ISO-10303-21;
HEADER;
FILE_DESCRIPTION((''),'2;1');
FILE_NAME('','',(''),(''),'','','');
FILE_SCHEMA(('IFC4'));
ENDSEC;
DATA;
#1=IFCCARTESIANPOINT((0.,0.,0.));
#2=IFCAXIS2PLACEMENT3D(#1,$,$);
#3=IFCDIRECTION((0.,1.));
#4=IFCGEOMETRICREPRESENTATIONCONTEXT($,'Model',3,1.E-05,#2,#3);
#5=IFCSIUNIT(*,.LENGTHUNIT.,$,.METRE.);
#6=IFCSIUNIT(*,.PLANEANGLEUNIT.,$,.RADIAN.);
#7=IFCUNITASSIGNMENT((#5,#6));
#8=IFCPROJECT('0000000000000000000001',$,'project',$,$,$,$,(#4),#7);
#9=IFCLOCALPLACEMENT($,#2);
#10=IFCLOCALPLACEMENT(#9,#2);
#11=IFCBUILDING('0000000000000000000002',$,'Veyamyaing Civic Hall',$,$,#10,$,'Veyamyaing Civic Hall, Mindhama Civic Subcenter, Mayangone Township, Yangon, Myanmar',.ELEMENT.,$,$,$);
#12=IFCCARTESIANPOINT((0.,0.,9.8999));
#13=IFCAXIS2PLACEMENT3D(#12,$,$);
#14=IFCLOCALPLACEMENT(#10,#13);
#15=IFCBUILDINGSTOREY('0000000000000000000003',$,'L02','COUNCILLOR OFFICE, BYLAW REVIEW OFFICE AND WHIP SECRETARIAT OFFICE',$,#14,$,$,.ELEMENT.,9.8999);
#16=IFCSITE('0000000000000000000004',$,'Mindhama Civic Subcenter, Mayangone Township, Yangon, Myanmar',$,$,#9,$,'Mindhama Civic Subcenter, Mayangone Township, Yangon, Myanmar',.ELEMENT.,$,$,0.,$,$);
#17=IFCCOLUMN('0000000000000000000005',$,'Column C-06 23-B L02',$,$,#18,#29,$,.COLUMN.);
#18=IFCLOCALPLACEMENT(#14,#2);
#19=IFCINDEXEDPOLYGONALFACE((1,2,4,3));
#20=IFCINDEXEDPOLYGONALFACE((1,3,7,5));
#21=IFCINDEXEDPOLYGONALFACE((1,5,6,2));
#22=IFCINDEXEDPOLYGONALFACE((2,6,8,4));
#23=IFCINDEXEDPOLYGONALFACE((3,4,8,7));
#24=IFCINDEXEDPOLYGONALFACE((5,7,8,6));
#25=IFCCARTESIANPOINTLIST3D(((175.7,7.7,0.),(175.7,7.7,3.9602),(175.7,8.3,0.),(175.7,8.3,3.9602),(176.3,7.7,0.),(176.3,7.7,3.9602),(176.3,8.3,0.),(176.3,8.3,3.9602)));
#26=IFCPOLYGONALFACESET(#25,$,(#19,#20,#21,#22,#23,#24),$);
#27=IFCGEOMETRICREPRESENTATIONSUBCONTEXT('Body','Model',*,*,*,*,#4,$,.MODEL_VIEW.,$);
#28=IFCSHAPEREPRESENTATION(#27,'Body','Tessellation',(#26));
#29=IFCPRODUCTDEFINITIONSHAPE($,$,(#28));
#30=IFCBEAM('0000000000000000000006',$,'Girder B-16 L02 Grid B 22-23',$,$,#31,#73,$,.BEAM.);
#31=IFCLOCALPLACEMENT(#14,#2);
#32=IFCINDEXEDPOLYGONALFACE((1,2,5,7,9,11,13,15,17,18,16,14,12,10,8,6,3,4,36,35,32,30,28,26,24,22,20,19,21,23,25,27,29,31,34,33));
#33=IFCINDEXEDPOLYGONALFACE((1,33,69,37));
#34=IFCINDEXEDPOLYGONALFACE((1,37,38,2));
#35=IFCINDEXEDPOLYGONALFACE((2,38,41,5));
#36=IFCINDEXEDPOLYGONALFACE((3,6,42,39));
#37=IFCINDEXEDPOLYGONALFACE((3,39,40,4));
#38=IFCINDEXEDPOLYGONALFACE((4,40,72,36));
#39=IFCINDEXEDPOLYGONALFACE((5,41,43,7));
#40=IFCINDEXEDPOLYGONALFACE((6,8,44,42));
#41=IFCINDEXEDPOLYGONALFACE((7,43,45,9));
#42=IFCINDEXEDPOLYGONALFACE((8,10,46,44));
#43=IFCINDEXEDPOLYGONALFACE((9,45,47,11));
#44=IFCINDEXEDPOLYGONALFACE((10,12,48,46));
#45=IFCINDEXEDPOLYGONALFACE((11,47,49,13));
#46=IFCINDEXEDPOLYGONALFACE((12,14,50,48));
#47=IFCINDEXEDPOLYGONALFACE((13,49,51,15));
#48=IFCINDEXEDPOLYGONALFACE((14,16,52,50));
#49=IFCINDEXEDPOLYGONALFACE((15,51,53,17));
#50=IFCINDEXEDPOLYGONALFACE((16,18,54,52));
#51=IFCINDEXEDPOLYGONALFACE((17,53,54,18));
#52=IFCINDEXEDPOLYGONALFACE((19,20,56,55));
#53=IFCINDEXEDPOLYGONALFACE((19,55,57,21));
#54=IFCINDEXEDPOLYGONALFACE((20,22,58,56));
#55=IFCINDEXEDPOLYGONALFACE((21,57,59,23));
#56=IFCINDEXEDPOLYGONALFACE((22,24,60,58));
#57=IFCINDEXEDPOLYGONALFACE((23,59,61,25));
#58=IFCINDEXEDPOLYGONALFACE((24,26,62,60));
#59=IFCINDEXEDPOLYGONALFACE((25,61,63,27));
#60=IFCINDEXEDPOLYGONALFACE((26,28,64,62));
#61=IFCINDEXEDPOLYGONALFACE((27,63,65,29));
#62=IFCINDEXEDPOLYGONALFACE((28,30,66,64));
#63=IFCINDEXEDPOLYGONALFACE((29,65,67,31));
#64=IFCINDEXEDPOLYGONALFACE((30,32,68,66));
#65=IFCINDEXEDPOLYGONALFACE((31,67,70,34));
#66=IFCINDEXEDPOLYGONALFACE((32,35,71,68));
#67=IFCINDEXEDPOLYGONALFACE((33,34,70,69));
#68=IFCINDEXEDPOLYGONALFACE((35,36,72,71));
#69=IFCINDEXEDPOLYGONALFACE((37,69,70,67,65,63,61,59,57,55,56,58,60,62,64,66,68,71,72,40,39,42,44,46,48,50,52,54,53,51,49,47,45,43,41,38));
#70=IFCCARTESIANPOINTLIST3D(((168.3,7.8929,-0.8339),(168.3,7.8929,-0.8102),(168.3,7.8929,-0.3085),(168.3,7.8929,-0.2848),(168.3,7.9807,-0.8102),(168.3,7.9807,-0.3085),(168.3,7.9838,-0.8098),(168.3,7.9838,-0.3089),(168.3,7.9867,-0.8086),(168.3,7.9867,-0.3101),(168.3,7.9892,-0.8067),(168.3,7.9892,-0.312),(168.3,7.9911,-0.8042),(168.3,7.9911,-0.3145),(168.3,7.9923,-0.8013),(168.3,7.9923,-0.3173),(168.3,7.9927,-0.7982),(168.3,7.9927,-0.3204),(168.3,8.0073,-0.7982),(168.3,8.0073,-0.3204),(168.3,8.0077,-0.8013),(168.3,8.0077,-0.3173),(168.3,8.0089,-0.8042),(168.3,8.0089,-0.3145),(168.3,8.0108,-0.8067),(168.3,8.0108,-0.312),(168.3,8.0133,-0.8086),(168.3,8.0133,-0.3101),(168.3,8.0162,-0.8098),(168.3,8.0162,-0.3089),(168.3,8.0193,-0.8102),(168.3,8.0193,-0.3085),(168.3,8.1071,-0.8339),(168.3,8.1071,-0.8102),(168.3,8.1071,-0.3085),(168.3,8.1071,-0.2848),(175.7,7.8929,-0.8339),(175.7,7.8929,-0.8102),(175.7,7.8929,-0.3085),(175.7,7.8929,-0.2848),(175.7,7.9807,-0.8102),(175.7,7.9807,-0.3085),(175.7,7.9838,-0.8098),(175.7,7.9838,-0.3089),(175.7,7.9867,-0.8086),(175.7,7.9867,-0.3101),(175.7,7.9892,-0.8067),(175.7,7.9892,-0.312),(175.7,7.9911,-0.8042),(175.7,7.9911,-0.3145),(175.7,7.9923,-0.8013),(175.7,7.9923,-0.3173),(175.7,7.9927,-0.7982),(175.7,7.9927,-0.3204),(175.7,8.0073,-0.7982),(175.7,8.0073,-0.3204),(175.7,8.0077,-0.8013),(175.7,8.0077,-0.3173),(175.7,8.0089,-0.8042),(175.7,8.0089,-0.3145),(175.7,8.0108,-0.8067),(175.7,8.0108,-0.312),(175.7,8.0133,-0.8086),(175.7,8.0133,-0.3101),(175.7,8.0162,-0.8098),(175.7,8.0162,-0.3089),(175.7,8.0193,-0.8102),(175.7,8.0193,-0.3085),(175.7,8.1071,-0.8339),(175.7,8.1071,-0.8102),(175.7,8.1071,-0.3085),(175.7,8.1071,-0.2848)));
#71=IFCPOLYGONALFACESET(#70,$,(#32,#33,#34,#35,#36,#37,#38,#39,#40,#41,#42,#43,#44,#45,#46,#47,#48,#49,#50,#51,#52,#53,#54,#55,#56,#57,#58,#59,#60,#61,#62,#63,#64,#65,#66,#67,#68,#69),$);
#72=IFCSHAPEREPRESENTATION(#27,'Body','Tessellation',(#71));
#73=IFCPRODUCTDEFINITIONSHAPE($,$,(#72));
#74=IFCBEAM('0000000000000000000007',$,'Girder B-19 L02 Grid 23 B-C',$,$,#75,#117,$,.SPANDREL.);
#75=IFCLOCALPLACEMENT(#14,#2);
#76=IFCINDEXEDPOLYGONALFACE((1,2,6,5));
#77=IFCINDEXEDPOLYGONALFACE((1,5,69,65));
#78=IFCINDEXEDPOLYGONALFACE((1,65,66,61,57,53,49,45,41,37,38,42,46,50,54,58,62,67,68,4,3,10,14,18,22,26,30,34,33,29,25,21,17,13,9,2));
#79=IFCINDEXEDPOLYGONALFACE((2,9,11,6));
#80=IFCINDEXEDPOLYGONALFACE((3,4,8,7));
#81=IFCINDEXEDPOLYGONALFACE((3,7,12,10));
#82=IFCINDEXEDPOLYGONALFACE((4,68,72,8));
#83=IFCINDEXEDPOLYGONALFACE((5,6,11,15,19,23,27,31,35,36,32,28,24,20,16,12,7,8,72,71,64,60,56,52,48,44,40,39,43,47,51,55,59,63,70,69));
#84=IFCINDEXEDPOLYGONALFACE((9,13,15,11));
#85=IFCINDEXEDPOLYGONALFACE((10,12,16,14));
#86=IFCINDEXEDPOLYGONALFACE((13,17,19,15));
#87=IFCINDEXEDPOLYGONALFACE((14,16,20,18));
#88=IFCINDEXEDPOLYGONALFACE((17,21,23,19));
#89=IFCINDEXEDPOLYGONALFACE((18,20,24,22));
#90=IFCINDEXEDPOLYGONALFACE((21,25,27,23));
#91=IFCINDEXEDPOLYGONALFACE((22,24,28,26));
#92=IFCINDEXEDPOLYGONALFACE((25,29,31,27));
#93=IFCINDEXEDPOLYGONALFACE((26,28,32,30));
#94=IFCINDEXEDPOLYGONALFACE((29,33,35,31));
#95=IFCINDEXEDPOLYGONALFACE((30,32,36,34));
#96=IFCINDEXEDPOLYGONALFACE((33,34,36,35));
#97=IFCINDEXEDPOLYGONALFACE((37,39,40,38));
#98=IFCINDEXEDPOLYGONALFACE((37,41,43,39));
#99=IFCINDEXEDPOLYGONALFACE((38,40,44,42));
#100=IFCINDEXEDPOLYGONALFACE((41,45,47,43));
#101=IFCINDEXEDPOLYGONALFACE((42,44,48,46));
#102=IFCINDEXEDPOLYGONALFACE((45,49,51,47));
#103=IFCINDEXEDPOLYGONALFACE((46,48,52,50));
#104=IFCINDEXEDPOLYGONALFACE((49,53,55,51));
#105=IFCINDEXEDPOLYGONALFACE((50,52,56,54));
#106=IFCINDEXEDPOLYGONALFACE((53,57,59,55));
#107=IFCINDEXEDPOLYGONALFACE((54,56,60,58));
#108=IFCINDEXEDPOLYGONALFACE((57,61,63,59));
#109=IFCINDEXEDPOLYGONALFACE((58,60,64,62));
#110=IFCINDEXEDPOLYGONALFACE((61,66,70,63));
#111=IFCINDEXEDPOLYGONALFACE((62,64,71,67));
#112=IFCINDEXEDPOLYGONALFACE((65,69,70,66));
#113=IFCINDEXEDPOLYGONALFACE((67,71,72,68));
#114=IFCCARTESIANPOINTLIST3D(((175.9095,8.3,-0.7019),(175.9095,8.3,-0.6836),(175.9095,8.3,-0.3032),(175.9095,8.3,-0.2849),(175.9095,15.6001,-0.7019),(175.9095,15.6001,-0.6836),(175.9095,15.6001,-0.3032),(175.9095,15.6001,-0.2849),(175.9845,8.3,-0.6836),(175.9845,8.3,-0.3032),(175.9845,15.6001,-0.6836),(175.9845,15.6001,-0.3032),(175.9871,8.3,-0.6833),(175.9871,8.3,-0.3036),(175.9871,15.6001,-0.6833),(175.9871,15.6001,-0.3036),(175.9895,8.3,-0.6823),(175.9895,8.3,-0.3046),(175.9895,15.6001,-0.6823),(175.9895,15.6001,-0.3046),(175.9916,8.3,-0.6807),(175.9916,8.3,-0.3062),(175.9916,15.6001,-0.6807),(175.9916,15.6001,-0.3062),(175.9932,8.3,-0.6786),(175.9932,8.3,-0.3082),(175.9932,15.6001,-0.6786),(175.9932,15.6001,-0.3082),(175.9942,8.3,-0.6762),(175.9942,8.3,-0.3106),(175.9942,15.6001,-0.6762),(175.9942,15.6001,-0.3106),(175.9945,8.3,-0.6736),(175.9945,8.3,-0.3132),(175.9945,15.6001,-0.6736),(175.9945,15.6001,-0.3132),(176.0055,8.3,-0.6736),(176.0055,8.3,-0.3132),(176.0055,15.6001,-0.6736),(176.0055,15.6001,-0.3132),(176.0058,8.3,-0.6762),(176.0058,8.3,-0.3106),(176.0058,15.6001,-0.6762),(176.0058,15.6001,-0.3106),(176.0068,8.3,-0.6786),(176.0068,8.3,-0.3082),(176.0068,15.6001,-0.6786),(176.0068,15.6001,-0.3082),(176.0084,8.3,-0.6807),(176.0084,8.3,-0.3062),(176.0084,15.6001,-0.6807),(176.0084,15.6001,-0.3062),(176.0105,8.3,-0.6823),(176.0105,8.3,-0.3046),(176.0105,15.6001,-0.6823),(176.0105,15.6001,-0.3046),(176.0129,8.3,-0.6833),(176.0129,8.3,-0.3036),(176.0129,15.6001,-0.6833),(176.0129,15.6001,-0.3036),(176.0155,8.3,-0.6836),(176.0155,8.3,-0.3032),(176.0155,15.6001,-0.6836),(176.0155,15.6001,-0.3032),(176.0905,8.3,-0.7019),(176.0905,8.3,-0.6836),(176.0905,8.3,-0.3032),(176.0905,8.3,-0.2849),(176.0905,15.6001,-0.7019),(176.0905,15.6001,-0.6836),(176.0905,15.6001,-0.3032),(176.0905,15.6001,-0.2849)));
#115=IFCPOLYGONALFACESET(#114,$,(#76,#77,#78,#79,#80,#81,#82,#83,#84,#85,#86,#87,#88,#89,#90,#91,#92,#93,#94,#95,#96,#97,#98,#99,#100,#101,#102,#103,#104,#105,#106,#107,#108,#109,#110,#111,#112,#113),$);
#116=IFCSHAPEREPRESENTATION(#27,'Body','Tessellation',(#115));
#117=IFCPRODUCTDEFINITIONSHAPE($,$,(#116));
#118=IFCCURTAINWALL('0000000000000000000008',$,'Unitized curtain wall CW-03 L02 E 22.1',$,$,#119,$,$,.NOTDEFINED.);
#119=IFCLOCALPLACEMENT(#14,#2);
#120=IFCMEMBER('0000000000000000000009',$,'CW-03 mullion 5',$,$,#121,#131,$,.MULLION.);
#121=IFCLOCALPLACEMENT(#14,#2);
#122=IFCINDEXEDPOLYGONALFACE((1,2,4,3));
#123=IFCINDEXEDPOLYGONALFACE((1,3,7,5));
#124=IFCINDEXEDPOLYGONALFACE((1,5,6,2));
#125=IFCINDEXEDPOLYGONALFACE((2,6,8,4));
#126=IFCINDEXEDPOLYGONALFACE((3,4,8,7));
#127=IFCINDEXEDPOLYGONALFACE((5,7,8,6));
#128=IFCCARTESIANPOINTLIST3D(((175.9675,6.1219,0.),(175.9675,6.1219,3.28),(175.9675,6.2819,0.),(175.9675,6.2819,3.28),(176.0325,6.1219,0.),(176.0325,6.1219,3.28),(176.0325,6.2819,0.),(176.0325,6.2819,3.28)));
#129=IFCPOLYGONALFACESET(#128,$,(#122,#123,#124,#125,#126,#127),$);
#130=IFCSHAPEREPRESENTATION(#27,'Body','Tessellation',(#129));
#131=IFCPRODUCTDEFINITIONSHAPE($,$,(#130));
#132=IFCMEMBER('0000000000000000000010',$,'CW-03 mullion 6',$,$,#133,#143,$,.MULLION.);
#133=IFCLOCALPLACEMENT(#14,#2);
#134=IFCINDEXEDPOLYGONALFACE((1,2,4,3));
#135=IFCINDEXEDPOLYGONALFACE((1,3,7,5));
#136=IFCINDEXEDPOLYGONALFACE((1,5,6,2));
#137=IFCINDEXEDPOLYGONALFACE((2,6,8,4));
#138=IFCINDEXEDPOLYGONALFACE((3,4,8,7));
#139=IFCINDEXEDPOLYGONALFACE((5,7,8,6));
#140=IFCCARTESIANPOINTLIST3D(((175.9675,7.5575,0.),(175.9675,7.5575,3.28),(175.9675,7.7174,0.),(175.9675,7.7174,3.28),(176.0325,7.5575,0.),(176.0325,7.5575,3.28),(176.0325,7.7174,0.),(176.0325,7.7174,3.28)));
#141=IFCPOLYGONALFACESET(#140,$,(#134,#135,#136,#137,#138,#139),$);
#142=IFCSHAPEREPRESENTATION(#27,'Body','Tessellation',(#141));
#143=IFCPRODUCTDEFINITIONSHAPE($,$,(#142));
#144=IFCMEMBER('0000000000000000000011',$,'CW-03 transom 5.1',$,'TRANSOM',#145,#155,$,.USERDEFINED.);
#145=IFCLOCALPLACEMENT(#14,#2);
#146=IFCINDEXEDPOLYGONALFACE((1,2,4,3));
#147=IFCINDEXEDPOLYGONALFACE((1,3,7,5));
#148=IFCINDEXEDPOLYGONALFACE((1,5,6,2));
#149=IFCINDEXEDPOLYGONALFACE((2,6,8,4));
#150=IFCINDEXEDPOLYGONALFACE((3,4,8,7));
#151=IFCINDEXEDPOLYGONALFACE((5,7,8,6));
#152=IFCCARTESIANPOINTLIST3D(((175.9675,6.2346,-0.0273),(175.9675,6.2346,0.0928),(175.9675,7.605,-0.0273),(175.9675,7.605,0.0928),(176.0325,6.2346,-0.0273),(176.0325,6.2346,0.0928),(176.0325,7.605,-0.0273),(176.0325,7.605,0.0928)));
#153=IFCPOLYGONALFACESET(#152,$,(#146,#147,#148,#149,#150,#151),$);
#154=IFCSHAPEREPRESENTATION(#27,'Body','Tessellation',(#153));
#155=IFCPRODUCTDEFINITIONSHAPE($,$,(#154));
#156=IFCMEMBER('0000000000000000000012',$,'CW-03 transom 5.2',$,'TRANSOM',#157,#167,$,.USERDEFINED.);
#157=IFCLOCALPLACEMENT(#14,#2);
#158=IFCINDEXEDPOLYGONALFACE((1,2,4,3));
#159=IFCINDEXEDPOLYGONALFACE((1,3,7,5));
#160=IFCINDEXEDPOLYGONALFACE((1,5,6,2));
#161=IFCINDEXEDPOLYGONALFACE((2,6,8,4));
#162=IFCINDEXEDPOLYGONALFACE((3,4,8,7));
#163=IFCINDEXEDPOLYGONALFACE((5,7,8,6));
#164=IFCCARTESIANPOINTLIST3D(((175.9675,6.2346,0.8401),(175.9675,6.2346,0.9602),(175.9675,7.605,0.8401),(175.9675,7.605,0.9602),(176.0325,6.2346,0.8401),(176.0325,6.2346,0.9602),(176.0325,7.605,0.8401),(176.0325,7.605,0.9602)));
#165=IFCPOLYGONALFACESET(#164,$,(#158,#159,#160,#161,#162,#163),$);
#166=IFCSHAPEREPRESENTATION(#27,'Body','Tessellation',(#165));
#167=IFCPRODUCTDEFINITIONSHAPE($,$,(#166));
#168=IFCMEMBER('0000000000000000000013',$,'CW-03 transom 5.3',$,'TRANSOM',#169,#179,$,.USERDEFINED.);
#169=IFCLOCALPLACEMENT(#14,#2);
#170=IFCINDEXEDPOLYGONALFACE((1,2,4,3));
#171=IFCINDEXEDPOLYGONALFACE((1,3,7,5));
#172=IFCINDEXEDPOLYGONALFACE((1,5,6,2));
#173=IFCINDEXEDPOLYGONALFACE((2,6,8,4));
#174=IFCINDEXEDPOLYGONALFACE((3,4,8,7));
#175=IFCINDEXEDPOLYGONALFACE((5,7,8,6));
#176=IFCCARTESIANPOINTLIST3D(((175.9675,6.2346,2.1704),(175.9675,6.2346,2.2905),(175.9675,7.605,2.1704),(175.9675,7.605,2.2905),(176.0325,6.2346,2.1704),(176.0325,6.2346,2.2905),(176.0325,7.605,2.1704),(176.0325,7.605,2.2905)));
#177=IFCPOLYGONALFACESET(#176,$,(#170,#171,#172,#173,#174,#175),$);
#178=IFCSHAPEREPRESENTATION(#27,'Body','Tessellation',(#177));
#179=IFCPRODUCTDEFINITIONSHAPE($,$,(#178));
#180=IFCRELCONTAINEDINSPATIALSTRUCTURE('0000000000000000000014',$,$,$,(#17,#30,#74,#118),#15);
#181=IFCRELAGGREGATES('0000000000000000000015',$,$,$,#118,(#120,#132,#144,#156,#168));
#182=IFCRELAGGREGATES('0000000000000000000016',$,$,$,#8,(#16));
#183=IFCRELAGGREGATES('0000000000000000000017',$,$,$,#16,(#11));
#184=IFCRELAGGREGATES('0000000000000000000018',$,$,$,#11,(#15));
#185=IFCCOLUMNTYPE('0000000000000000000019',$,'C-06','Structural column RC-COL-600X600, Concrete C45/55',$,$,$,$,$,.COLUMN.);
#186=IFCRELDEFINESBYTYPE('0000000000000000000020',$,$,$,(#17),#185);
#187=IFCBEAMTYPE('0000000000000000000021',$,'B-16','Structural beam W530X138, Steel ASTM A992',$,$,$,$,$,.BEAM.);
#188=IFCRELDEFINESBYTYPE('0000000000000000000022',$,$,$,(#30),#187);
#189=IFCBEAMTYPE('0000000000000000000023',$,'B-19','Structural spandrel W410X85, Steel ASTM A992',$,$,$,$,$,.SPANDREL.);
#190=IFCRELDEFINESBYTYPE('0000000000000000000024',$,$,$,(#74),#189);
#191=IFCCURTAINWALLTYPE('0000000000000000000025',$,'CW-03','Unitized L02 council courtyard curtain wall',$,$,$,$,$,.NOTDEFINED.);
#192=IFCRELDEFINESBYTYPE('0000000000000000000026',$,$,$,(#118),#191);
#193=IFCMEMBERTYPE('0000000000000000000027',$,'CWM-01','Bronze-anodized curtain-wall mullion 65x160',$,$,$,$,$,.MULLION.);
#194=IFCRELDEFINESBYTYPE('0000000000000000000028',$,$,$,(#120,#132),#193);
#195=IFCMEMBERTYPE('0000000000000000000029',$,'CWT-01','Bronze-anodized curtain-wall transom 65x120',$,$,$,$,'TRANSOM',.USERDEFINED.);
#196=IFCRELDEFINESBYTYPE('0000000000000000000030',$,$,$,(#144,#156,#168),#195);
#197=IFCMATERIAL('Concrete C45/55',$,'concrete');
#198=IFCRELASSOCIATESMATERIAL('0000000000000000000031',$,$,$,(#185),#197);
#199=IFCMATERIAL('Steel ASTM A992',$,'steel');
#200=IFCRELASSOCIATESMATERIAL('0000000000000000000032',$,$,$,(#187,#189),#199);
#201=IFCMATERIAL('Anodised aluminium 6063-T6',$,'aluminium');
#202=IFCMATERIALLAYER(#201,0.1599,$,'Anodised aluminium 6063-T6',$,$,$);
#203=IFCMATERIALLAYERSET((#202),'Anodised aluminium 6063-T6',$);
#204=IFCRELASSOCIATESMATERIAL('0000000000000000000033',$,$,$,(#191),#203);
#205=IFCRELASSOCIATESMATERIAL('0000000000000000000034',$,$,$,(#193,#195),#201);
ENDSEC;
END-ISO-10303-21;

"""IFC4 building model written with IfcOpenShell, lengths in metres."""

from ifc_helpers import new_model, si_unit, direction, frame, origin, origin_2d, place, context, subcontext, project, spatial, rectangle, i_section, extrude, material, layer, layer_set, material_profile, profile_set, type_object, element, aggregate, save


model = new_model("IFC4")

# Units and contexts
model_context = context("Model", 3, precision=1e-05, world=origin(), true_north=direction((0.0, 1.0)))
body_context = subcontext(model_context, "Body", "Model", "MODEL_VIEW")
ifc_project = project(units=[si_unit("LENGTHUNIT", "METRE"), si_unit("PLANEANGLEUNIT", "RADIAN")], contexts=[model_context])

# Site, building, storey
site_placement = place(None, origin())
site = spatial("IfcSite", under=ifc_project, at=site_placement, Name="Mindhama Civic Subcenter, Mayangone Township, Yangon, Myanmar", LongName="Mindhama Civic Subcenter, Mayangone Township, Yangon, Myanmar", CompositionType="ELEMENT", RefElevation=0.0)
building_placement = place(site_placement, origin())
building = spatial("IfcBuilding", under=site, at=building_placement, Name="Veyamyaing Civic Hall", LongName="Veyamyaing Civic Hall, Mindhama Civic Subcenter, Mayangone Township, Yangon, Myanmar", CompositionType="ELEMENT")
storey_placement = place(building_placement, frame((0.0, 0.0, 9.8999)))
storey = spatial("IfcBuildingStorey", under=building, at=storey_placement, Name="L02", Description="COUNCILLOR OFFICE, BYLAW REVIEW OFFICE AND WHIP SECRETARIAT OFFICE", CompositionType="ELEMENT", Elevation=9.8999)

# Column
ifc_material_1 = material(Name="Concrete C45/55", Category="concrete")
ifc_material_profile_1 = material_profile(ifc_material_1, rectangle(XDim=0.6001, YDim=0.6001, at=origin_2d()), Name="RC-COL-600X600")
ifc_profile_set_1 = profile_set([ifc_material_profile_1], Name="Concrete C45/55")
column_type = type_object("IfcColumnType", Name="C-06", Description="Structural column RC-COL-600X600, Concrete C45/55", PredefinedType="COLUMN", material=ifc_profile_set_1)
column_placement = place(storey_placement, frame((176.0, 8.0, 0.0), z_axis=(0.0, 0.0, 1.0), x_axis=(1.0, 0.0, 0.0)))
element("IfcColumn", 1, at=column_placement, inside=storey, type_object=column_type, Name="Column C-06 23-B L02", PredefinedType="COLUMN", context=body_context, shape_type="SweptSolid", body=[
    extrude(rectangle(XDim=0.6001, YDim=0.6001, at=origin_2d()), origin(), (0.0, 0.0, 1.0), 3.9602),
])

# Beams
ifc_material_2 = material(Name="Steel ASTM A992", Category="steel")
ifc_material_profile_2 = material_profile(ifc_material_2, i_section(OverallWidth=0.2141, OverallDepth=0.5491, WebThickness=0.0146, FlangeThickness=0.0237, FilletRadius=0.012, at=origin_2d()), Name="W530X138")
ifc_profile_set_2 = profile_set([ifc_material_profile_2], Name="Steel ASTM A992")
beam_type_1 = type_object("IfcBeamType", Name="B-16", Description="Structural beam W530X138, Steel ASTM A992", PredefinedType="BEAM", material=ifc_profile_set_2)
beam_1_placement = place(storey_placement, frame((168.3, 8.0, -0.5593), z_axis=(1.0, 0.0, 0.0), x_axis=(0.0, 1.0, 0.0)))
element("IfcBeam", 2, at=beam_1_placement, inside=storey, type_object=beam_type_1, Name="Girder B-16 L02 Grid B 22-23", PredefinedType="BEAM", context=body_context, shape_type="SweptSolid", body=[
    extrude(i_section(OverallWidth=0.2141, OverallDepth=0.5491, WebThickness=0.0146, FlangeThickness=0.0237, FilletRadius=0.012, at=origin_2d()), origin(), (0.0, 0.0, 1.0), 7.3999),
])
ifc_material_profile_3 = material_profile(ifc_material_2, i_section(OverallWidth=0.1809, OverallDepth=0.417, WebThickness=0.011, FlangeThickness=0.0183, FilletRadius=0.01, at=origin_2d()), Name="W410X85")
ifc_profile_set_3 = profile_set([ifc_material_profile_3], Name="Steel ASTM A992")
beam_type_2 = type_object("IfcBeamType", Name="B-19", Description="Structural spandrel W410X85, Steel ASTM A992", PredefinedType="SPANDREL", material=ifc_profile_set_3)
beam_2_placement = place(storey_placement, frame((176.0, 8.3, -0.4934), z_axis=(0.0, 1.0, 0.0), x_axis=(-1.0, 0.0, 0.0)))
element("IfcBeam", 3, at=beam_2_placement, inside=storey, type_object=beam_type_2, Name="Girder B-19 L02 Grid 23 B-C", PredefinedType="SPANDREL", context=body_context, shape_type="SweptSolid", body=[
    extrude(i_section(OverallWidth=0.1809, OverallDepth=0.417, WebThickness=0.011, FlangeThickness=0.0183, FilletRadius=0.01, at=origin_2d()), origin(), (0.0, 0.0, 1.0), 7.3),
])

# Curtain wall, members
ifc_material_3 = material(Name="Anodised aluminium 6063-T6", Category="aluminium")
ifc_layer_1 = layer(ifc_material_3, 0.1599, Name="Anodised aluminium 6063-T6")
ifc_layer_set_1 = layer_set([ifc_layer_1], Name="Anodised aluminium 6063-T6")
curtain_wall_type = type_object("IfcCurtainWallType", Name="CW-03", Description="Unitized L02 council courtyard curtain wall", PredefinedType="NOTDEFINED", material=ifc_layer_set_1)
curtain_wall_placement = place(storey_placement, origin())
curtain_wall = element("IfcCurtainWall", 4, at=curtain_wall_placement, inside=storey, type_object=curtain_wall_type, Name="Unitized curtain wall CW-03 L02 E 22.1", PredefinedType="NOTDEFINED")
ifc_material_profile_4 = material_profile(ifc_material_3, rectangle(XDim=0.0649, YDim=0.1599, at=origin_2d()), Name="ALU-MUL-65X160")
ifc_profile_set_4 = profile_set([ifc_material_profile_4], Name="Anodised aluminium 6063-T6")
member_type_1 = type_object("IfcMemberType", Name="CWM-01", Description="Bronze-anodized curtain-wall mullion 65x160", PredefinedType="MULLION", material=ifc_profile_set_4)
member_1_placement = place(storey_placement, frame((176.0, 6.2019, 0.0), z_axis=(0.0, 0.0, 1.0), x_axis=(-1.0, 0.0, 0.0)))
member_1 = element("IfcMember", 5, at=member_1_placement, type_object=member_type_1, Name="CW-03 mullion 5", PredefinedType="MULLION", context=body_context, shape_type="SweptSolid", body=[
    extrude(rectangle(XDim=0.0649, YDim=0.1599, at=origin_2d()), origin(), (0.0, 0.0, 1.0), 3.28),
])
member_2_placement = place(storey_placement, frame((176.0, 7.6375, 0.0), z_axis=(0.0, 0.0, 1.0), x_axis=(-1.0, 0.0, 0.0)))
member_2 = element("IfcMember", 6, at=member_2_placement, type_object=member_type_1, Name="CW-03 mullion 6", PredefinedType="MULLION", context=body_context, shape_type="SweptSolid", body=[
    extrude(rectangle(XDim=0.0649, YDim=0.1599, at=origin_2d()), origin(), (0.0, 0.0, 1.0), 3.28),
])
ifc_material_profile_5 = material_profile(ifc_material_3, rectangle(XDim=0.0649, YDim=0.1201, at=origin_2d()), Name="ALU-TRN-65X120")
ifc_profile_set_5 = profile_set([ifc_material_profile_5], Name="Anodised aluminium 6063-T6")
member_type_2 = type_object("IfcMemberType", Name="CWT-01", Description="Bronze-anodized curtain-wall transom 65x120", ElementType="TRANSOM", PredefinedType="USERDEFINED", material=ifc_profile_set_5)
member_3_placement = place(storey_placement, frame((176.0, 6.2346, 0.0327), z_axis=(0.0, 1.0, 0.0), x_axis=(-1.0, 0.0, 0.0)))
member_3 = element("IfcMember", 7, at=member_3_placement, type_object=member_type_2, Name="CW-03 transom 5.1", ObjectType="TRANSOM", PredefinedType="USERDEFINED", context=body_context, shape_type="SweptSolid", body=[
    extrude(rectangle(XDim=0.0649, YDim=0.1201, at=origin_2d()), origin(), (0.0, 0.0, 1.0), 1.3704),
])
member_4_placement = place(storey_placement, frame((176.0, 6.2346, 0.9001), z_axis=(0.0, 1.0, 0.0), x_axis=(-1.0, 0.0, 0.0)))
member_4 = element("IfcMember", 8, at=member_4_placement, type_object=member_type_2, Name="CW-03 transom 5.2", ObjectType="TRANSOM", PredefinedType="USERDEFINED", context=body_context, shape_type="SweptSolid", body=[
    extrude(rectangle(XDim=0.0649, YDim=0.1201, at=origin_2d()), origin(), (0.0, 0.0, 1.0), 1.3704),
])
member_5_placement = place(storey_placement, frame((176.0, 6.2346, 2.2305), z_axis=(0.0, 1.0, 0.0), x_axis=(-1.0, 0.0, 0.0)))
member_5 = element("IfcMember", 9, at=member_5_placement, type_object=member_type_2, Name="CW-03 transom 5.3", ObjectType="TRANSOM", PredefinedType="USERDEFINED", context=body_context, shape_type="SweptSolid", body=[
    extrude(rectangle(XDim=0.0649, YDim=0.1201, at=origin_2d()), origin(), (0.0, 0.0, 1.0), 1.3704),
])
aggregate(curtain_wall, [member_1, member_2, member_3, member_4, member_5])

save(model, "model.ifc")
